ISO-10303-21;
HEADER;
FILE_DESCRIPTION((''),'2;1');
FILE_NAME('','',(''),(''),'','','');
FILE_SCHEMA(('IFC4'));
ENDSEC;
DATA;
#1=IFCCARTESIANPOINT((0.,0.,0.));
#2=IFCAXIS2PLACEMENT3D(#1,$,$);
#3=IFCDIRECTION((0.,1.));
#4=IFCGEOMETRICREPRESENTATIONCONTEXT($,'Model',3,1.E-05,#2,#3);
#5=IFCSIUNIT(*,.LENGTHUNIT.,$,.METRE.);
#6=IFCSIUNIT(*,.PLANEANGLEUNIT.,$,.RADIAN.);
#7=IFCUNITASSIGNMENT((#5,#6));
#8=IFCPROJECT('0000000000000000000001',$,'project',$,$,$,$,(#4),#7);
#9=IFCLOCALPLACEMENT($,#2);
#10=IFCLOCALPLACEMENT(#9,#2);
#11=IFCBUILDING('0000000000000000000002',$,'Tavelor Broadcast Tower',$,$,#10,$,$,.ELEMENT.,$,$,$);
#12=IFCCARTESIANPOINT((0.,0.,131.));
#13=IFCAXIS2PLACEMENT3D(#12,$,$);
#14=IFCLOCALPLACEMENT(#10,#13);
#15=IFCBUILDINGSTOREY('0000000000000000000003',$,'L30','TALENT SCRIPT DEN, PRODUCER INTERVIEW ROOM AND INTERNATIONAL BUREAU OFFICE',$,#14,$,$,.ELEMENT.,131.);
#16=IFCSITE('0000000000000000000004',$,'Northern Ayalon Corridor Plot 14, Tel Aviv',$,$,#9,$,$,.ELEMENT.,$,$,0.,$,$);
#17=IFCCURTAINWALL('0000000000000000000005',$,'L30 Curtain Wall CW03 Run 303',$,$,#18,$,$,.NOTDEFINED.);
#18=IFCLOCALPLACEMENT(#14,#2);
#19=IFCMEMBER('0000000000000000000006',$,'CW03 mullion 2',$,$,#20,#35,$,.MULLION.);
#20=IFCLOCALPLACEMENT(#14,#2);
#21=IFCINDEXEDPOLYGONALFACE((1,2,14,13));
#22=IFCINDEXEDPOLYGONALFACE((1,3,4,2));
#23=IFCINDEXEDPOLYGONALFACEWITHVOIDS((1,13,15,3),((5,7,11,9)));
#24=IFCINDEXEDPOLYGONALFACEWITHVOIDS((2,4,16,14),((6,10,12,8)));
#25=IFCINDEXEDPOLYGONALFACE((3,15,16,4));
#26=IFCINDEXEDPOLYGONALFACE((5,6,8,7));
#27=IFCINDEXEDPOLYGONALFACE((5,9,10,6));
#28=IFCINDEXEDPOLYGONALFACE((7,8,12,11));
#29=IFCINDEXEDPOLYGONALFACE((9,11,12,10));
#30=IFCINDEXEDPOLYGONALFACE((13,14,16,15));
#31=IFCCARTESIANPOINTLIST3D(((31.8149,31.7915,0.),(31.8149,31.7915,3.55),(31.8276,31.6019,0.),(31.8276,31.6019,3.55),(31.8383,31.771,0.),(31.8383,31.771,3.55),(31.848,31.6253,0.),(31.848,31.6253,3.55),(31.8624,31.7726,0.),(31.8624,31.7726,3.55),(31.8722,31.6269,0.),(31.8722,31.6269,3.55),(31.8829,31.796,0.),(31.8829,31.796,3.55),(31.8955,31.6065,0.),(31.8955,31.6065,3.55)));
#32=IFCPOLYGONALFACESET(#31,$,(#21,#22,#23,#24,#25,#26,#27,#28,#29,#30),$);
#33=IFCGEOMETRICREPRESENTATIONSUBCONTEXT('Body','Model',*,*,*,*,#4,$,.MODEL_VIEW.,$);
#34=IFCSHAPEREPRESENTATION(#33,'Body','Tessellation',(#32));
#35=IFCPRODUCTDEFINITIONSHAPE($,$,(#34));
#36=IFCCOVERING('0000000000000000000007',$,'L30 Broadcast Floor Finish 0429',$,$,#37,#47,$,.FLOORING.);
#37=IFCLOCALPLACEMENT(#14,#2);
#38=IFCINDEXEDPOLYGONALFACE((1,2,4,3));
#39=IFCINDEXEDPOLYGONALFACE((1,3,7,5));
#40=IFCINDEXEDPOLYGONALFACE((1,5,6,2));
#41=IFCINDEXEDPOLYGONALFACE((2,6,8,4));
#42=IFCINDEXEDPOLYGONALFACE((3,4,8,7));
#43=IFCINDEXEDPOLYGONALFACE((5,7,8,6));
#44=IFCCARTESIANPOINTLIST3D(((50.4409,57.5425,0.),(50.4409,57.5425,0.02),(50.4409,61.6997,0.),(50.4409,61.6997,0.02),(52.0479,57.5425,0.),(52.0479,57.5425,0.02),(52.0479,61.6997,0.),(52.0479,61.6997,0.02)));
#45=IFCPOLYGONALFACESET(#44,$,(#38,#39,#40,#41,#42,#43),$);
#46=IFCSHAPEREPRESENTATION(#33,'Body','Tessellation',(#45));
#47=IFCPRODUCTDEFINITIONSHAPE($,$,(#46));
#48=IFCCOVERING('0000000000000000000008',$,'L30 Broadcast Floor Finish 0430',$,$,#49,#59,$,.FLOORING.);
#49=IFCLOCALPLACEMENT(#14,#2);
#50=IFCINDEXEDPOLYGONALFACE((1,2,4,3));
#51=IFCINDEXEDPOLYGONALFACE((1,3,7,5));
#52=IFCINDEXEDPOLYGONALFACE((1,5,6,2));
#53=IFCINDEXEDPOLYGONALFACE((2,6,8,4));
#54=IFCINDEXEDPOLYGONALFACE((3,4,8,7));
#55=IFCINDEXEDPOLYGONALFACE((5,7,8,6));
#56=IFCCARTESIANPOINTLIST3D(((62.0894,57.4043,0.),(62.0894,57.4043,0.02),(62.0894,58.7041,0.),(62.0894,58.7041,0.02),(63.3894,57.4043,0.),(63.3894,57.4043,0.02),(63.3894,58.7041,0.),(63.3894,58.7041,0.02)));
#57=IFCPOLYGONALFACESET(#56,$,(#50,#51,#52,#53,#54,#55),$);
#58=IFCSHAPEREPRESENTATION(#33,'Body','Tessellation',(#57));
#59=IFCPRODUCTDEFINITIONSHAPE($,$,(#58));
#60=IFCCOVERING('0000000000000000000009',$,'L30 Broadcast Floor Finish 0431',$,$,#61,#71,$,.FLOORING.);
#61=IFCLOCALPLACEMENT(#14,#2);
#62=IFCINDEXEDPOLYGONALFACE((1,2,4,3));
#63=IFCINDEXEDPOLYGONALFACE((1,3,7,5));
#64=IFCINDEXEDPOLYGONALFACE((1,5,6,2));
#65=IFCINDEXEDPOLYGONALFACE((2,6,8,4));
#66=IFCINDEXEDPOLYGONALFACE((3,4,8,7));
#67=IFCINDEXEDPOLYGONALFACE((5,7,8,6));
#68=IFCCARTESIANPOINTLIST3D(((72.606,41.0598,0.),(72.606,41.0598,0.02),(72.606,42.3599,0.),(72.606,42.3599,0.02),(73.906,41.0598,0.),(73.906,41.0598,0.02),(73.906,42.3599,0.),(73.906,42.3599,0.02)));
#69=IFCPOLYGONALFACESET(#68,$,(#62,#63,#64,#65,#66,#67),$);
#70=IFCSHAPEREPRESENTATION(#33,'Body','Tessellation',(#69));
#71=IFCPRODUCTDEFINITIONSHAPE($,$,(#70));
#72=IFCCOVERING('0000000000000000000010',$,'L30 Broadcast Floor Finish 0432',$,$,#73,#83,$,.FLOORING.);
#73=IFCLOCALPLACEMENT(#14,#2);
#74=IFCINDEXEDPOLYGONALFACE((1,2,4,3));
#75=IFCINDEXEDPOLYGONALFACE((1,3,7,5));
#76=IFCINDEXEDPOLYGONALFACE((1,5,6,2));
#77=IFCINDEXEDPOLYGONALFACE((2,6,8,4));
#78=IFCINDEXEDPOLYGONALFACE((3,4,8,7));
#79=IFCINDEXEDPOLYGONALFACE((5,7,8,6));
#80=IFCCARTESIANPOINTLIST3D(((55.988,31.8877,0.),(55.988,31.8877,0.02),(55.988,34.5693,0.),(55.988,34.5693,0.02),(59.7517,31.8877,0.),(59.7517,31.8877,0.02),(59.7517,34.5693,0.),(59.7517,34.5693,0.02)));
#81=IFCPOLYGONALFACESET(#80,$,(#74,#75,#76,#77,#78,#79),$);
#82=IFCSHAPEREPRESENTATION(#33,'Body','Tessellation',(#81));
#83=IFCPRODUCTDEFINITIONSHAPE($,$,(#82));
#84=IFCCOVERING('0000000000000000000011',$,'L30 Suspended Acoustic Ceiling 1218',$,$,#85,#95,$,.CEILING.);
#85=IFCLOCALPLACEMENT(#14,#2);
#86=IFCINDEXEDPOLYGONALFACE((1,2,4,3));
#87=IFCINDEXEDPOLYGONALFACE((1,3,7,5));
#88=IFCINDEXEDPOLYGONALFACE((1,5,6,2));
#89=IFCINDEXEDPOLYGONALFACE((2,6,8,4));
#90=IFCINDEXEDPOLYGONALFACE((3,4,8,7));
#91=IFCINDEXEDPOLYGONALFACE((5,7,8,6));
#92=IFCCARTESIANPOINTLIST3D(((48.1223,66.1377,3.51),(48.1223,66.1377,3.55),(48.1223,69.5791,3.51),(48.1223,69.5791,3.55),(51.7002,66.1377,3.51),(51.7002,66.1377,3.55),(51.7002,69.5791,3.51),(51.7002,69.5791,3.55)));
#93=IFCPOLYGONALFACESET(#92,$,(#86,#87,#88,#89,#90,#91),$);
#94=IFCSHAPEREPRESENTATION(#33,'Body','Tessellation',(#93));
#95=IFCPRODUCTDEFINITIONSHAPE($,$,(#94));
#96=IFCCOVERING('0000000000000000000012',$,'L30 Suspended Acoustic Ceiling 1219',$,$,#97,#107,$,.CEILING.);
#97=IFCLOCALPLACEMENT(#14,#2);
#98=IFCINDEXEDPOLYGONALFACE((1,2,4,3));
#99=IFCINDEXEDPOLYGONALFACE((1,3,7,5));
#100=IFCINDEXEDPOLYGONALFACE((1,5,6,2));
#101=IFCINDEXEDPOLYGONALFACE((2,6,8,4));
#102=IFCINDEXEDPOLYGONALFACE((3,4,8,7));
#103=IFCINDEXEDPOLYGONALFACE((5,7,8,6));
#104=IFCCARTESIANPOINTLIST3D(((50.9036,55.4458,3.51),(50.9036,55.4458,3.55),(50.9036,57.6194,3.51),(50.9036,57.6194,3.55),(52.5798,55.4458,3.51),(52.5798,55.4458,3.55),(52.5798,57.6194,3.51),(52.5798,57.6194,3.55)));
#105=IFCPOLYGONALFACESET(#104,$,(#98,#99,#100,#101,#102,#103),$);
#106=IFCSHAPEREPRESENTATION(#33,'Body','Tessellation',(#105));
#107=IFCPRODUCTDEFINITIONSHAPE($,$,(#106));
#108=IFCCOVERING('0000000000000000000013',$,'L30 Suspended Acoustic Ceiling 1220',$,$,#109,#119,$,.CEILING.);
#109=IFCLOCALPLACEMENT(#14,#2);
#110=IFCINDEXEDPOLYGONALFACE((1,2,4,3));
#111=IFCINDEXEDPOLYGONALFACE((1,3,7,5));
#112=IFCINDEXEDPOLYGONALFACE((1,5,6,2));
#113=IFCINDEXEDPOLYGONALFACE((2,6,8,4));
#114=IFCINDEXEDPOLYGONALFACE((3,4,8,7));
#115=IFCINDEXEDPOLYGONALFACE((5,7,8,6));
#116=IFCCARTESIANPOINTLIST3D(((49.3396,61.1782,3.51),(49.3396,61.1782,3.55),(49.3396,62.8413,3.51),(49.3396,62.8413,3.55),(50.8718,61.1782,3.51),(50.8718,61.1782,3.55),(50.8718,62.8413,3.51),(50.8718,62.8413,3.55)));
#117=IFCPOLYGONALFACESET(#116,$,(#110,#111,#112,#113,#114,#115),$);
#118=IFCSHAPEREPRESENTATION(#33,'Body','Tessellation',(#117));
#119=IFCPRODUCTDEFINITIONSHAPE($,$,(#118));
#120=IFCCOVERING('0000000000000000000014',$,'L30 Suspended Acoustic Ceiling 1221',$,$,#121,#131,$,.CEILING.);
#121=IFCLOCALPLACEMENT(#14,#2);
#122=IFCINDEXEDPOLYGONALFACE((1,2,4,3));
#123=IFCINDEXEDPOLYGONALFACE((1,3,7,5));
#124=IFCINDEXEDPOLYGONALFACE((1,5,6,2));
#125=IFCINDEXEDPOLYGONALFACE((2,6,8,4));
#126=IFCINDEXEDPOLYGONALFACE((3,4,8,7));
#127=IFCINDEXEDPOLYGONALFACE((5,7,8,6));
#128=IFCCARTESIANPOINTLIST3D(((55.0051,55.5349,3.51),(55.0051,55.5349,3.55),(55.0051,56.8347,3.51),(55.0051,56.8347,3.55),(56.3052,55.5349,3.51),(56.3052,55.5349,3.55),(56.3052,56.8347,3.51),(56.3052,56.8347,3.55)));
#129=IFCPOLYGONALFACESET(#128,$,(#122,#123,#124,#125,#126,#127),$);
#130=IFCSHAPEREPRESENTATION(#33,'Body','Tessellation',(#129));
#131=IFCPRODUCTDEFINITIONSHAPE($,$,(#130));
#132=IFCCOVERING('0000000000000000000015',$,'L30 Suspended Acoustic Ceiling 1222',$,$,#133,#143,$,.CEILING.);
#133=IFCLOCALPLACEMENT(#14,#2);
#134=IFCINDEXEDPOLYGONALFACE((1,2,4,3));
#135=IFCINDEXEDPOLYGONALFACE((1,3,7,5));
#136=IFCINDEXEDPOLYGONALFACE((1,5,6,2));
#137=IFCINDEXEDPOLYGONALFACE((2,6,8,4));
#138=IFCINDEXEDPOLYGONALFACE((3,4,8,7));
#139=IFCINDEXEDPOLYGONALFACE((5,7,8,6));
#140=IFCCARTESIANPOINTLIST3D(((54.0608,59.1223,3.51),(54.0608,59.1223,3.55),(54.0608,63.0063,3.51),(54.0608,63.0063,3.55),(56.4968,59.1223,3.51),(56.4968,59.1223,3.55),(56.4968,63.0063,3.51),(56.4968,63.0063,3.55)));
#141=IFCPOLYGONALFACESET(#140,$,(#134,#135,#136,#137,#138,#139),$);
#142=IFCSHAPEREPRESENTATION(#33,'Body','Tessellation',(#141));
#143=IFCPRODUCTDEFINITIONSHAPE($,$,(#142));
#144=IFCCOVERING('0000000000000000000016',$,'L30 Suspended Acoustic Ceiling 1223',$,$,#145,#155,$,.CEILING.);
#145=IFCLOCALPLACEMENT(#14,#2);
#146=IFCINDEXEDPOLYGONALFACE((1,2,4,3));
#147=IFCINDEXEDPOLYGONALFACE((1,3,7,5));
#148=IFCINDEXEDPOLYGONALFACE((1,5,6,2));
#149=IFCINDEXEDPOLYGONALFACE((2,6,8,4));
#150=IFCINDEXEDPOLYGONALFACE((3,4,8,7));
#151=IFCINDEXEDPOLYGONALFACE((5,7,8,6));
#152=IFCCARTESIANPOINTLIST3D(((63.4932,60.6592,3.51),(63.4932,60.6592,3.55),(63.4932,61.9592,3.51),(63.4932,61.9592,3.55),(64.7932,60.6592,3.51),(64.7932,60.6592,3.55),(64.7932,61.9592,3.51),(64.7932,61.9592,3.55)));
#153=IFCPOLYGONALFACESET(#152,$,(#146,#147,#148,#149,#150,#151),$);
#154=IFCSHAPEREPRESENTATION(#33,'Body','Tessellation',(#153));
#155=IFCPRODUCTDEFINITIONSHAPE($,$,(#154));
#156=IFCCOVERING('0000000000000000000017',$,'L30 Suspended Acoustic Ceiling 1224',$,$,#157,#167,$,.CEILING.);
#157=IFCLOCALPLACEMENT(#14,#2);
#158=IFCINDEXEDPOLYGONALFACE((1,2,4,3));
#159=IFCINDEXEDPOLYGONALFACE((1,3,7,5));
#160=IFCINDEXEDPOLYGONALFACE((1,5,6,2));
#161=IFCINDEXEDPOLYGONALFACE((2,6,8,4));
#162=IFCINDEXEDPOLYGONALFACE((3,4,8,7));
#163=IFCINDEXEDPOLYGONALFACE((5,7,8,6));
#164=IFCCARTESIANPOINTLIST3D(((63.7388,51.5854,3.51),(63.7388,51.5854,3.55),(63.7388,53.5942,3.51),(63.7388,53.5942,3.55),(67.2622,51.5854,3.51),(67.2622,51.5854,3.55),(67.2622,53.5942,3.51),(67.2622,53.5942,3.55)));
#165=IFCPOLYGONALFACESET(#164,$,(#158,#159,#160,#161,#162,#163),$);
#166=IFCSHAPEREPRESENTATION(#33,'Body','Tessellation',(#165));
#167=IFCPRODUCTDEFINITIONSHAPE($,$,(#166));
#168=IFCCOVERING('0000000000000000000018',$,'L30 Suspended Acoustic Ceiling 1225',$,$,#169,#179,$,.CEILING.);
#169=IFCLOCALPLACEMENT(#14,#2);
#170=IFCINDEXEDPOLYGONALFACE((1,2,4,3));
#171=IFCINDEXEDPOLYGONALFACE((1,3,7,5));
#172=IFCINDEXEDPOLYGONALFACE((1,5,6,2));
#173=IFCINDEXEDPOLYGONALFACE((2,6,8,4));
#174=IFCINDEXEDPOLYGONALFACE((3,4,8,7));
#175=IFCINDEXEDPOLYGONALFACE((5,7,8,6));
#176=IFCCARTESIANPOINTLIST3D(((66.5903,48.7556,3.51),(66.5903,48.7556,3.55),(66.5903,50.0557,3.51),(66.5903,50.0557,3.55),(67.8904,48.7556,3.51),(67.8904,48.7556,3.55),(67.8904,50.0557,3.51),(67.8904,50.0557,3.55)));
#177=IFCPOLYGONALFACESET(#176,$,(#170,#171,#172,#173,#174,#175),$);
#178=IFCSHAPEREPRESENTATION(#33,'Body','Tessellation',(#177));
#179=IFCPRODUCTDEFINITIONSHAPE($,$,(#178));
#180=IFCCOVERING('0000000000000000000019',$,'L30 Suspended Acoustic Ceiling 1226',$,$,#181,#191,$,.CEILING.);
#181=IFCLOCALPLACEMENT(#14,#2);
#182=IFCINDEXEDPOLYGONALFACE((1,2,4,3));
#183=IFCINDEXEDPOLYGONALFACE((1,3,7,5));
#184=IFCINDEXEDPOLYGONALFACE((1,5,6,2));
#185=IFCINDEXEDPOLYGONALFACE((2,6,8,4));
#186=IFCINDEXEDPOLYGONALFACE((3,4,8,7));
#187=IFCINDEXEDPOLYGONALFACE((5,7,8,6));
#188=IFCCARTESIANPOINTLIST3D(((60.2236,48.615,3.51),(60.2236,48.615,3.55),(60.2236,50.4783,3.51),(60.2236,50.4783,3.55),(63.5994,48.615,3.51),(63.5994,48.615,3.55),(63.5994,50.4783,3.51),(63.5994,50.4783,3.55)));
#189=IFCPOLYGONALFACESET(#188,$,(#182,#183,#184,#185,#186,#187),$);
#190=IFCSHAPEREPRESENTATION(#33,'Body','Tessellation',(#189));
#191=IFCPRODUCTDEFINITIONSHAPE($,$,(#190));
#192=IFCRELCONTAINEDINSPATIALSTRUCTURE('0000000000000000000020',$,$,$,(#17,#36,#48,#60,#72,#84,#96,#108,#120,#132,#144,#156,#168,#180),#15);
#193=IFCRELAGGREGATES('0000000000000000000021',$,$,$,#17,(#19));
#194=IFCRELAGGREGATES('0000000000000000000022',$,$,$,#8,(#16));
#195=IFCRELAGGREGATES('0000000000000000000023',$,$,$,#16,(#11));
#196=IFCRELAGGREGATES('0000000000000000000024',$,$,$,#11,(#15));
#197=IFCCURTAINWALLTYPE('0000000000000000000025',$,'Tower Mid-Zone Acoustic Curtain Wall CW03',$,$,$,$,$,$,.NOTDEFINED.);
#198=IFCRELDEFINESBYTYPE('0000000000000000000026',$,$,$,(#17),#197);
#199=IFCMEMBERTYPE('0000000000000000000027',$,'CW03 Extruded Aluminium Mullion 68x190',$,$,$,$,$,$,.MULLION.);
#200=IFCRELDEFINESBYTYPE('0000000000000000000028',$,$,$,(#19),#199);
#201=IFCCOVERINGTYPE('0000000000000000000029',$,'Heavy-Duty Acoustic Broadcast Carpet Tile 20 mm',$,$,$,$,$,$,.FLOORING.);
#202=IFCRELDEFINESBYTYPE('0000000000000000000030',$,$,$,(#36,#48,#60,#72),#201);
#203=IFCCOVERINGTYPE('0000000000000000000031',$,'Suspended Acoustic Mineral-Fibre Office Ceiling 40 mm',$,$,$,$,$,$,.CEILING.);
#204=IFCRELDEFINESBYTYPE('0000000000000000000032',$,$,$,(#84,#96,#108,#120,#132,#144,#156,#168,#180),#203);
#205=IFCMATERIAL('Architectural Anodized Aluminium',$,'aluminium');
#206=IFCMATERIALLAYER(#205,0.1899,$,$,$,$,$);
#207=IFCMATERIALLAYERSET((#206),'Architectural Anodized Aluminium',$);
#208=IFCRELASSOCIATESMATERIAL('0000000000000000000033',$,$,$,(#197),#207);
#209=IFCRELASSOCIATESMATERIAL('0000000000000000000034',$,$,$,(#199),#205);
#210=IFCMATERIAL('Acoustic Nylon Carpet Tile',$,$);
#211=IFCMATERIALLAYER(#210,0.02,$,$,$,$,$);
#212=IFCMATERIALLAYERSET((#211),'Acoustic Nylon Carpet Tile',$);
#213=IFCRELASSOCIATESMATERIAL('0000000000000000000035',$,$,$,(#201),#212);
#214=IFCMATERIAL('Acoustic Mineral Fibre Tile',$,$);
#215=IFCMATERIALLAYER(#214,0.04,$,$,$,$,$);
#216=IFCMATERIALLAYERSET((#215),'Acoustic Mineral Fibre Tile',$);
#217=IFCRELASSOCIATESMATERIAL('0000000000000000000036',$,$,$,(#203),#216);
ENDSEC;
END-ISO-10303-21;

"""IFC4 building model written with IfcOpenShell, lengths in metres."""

from ifc_helpers import new_model, si_unit, direction, frame, origin, origin_2d, place, context, subcontext, project, spatial, polyline, hollow_rectangle, outline, extrude, source, transform, mapped, material, layer, layer_set, material_profile, profile_set, type_object, type_shapes, element, aggregate, save


model = new_model("IFC4")

# Units and contexts
model_context = context("Model", 3, precision=1e-05, world=origin(), true_north=direction((0.0, 1.0)))
body_context = subcontext(model_context, "Body", "Model", "MODEL_VIEW")
ifc_project = project(units=[si_unit("LENGTHUNIT", "METRE"), si_unit("PLANEANGLEUNIT", "RADIAN")], contexts=[model_context])

# Site, building, storey
site_placement = place(None, origin())
site = spatial("IfcSite", under=ifc_project, at=site_placement, Name="Northern Ayalon Corridor Plot 14, Tel Aviv", CompositionType="ELEMENT", RefElevation=0.0)
building_placement = place(site_placement, origin())
building = spatial("IfcBuilding", under=site, at=building_placement, Name="Tavelor Broadcast Tower", CompositionType="ELEMENT")
storey_placement = place(building_placement, frame((0.0, 0.0, 131.0)))
storey = spatial("IfcBuildingStorey", under=building, at=storey_placement, Name="L30", Description="TALENT SCRIPT DEN, PRODUCER INTERVIEW ROOM AND INTERNATIONAL BUREAU OFFICE", CompositionType="ELEMENT", Elevation=131.0)

# Curtain wall, member
ifc_material_1 = material(Name="Architectural Anodized Aluminium", Category="aluminium")
ifc_layer_1 = layer(ifc_material_1, 0.1899)
ifc_layer_set_1 = layer_set([ifc_layer_1], Name="Architectural Anodized Aluminium")
curtain_wall_type = type_object("IfcCurtainWallType", Name="Tower Mid-Zone Acoustic Curtain Wall CW03", PredefinedType="NOTDEFINED", material=ifc_layer_set_1)
curtain_wall_placement = place(storey_placement, origin())
curtain_wall = element("IfcCurtainWall", 1, at=curtain_wall_placement, inside=storey, type_object=curtain_wall_type, Name="L30 Curtain Wall CW03 Run 303", PredefinedType="NOTDEFINED")
ifc_material_profile = material_profile(ifc_material_1, hollow_rectangle(XDim=0.0681, YDim=0.1899, WallThickness=0.022, at=origin_2d()), Name="RHS 68x190x22")
ifc_profile_set = profile_set([ifc_material_profile], Name="Architectural Anodized Aluminium")
member_type = type_object("IfcMemberType", Name="CW03 Extruded Aluminium Mullion 68x190", PredefinedType="MULLION", material=ifc_profile_set)
shared_shape = source(origin(), body_context, "Body", "SweptSolid", [
    extrude(hollow_rectangle(XDim=0.0681, YDim=0.1899, WallThickness=0.022, at=origin_2d()), origin(), (0.0, 0.0, 1.0), 3.55),
])
type_shapes(member_type, [shared_shape])
member_placement = place(storey_placement, frame((31.8552, 31.699, 0.0), z_axis=(0.0, 0.0, 1.0), x_axis=(0.997772, 0.066716, 0.0)))
member = element("IfcMember", 2, at=member_placement, type_object=member_type, Name="CW03 mullion 2", PredefinedType="MULLION", context=body_context, shape_type="MappedRepresentation", body=[
    mapped(shared_shape, transform((0.0, 0.0, 0.0), scale=1.0)),
])
aggregate(curtain_wall, [member])

# Coverings
ifc_material_2 = material(Name="Acoustic Nylon Carpet Tile")
ifc_layer_2 = layer(ifc_material_2, 0.02)
ifc_layer_set_2 = layer_set([ifc_layer_2], Name="Acoustic Nylon Carpet Tile")
covering_type_1 = type_object("IfcCoveringType", Name="Heavy-Duty Acoustic Broadcast Carpet Tile 20 mm", PredefinedType="FLOORING", material=ifc_layer_set_2)
covering_1_placement = place(storey_placement, origin())
element("IfcCovering", 3, at=covering_1_placement, inside=storey, type_object=covering_type_1, Name="L30 Broadcast Floor Finish 0429", PredefinedType="FLOORING", context=body_context, shape_type="SweptSolid", body=[
    extrude(outline(polyline([(50.4409, 57.5425), (52.0479, 57.5425), (52.0479, 61.6997), (50.4409, 61.6997), (50.4409, 57.5425)])), origin(), (0.0, 0.0, 1.0), 0.02),
])
covering_2_placement = place(storey_placement, origin())
element("IfcCovering", 4, at=covering_2_placement, inside=storey, type_object=covering_type_1, Name="L30 Broadcast Floor Finish 0430", PredefinedType="FLOORING", context=body_context, shape_type="SweptSolid", body=[
    extrude(outline(polyline([(62.0894, 57.4043), (63.3894, 57.4043), (63.3894, 58.7041), (62.0894, 58.7041), (62.0894, 57.4043)])), origin(), (0.0, 0.0, 1.0), 0.02),
])
covering_3_placement = place(storey_placement, origin())
element("IfcCovering", 5, at=covering_3_placement, inside=storey, type_object=covering_type_1, Name="L30 Broadcast Floor Finish 0431", PredefinedType="FLOORING", context=body_context, shape_type="SweptSolid", body=[
    extrude(outline(polyline([(72.606, 41.0598), (73.906, 41.0598), (73.906, 42.3599), (72.606, 42.3599), (72.606, 41.0598)])), origin(), (0.0, 0.0, 1.0), 0.02),
])
covering_4_placement = place(storey_placement, origin())
element("IfcCovering", 6, at=covering_4_placement, inside=storey, type_object=covering_type_1, Name="L30 Broadcast Floor Finish 0432", PredefinedType="FLOORING", context=body_context, shape_type="SweptSolid", body=[
    extrude(outline(polyline([(55.988, 31.8877), (59.7517, 31.8877), (59.7517, 34.5693), (55.988, 34.5693), (55.988, 31.8877)])), origin(), (0.0, 0.0, 1.0), 0.02),
])
ifc_material_3 = material(Name="Acoustic Mineral Fibre Tile")
ifc_layer_3 = layer(ifc_material_3, 0.04)
ifc_layer_set_3 = layer_set([ifc_layer_3], Name="Acoustic Mineral Fibre Tile")
covering_type_2 = type_object("IfcCoveringType", Name="Suspended Acoustic Mineral-Fibre Office Ceiling 40 mm", PredefinedType="CEILING", material=ifc_layer_set_3)
covering_5_placement = place(storey_placement, frame((0.0, 0.0, 3.51)))
element("IfcCovering", 7, at=covering_5_placement, inside=storey, type_object=covering_type_2, Name="L30 Suspended Acoustic Ceiling 1218", PredefinedType="CEILING", context=body_context, shape_type="SweptSolid", body=[
    extrude(outline(polyline([(48.1223, 66.1377), (51.7002, 66.1377), (51.7002, 69.5791), (48.1223, 69.5791), (48.1223, 66.1377)])), origin(), (0.0, 0.0, 1.0), 0.04),
])
covering_6_placement = place(storey_placement, frame((0.0, 0.0, 3.51)))
element("IfcCovering", 8, at=covering_6_placement, inside=storey, type_object=covering_type_2, Name="L30 Suspended Acoustic Ceiling 1219", PredefinedType="CEILING", context=body_context, shape_type="SweptSolid", body=[
    extrude(outline(polyline([(50.9036, 55.4458), (52.5798, 55.4458), (52.5798, 57.6194), (50.9036, 57.6194), (50.9036, 55.4458)])), origin(), (0.0, 0.0, 1.0), 0.04),
])
covering_7_placement = place(storey_placement, frame((0.0, 0.0, 3.51)))
element("IfcCovering", 9, at=covering_7_placement, inside=storey, type_object=covering_type_2, Name="L30 Suspended Acoustic Ceiling 1220", PredefinedType="CEILING", context=body_context, shape_type="SweptSolid", body=[
    extrude(outline(polyline([(49.3396, 61.1782), (50.8718, 61.1782), (50.8718, 62.8413), (49.3396, 62.8413), (49.3396, 61.1782)])), origin(), (0.0, 0.0, 1.0), 0.04),
])
covering_8_placement = place(storey_placement, frame((0.0, 0.0, 3.51)))
element("IfcCovering", 10, at=covering_8_placement, inside=storey, type_object=covering_type_2, Name="L30 Suspended Acoustic Ceiling 1221", PredefinedType="CEILING", context=body_context, shape_type="SweptSolid", body=[
    extrude(outline(polyline([(55.0051, 55.5349), (56.3052, 55.5349), (56.3052, 56.8347), (55.0051, 56.8347), (55.0051, 55.5349)])), origin(), (0.0, 0.0, 1.0), 0.04),
])
covering_9_placement = place(storey_placement, frame((0.0, 0.0, 3.51)))
element("IfcCovering", 11, at=covering_9_placement, inside=storey, type_object=covering_type_2, Name="L30 Suspended Acoustic Ceiling 1222", PredefinedType="CEILING", context=body_context, shape_type="SweptSolid", body=[
    extrude(outline(polyline([(54.0608, 59.1223), (56.4968, 59.1223), (56.4968, 63.0063), (54.0608, 63.0063), (54.0608, 59.1223)])), origin(), (0.0, 0.0, 1.0), 0.04),
])
covering_10_placement = place(storey_placement, frame((0.0, 0.0, 3.51)))
element("IfcCovering", 12, at=covering_10_placement, inside=storey, type_object=covering_type_2, Name="L30 Suspended Acoustic Ceiling 1223", PredefinedType="CEILING", context=body_context, shape_type="SweptSolid", body=[
    extrude(outline(polyline([(63.4932, 60.6592), (64.7932, 60.6592), (64.7932, 61.9592), (63.4932, 61.9592), (63.4932, 60.6592)])), origin(), (0.0, 0.0, 1.0), 0.04),
])
covering_11_placement = place(storey_placement, frame((0.0, 0.0, 3.51)))
element("IfcCovering", 13, at=covering_11_placement, inside=storey, type_object=covering_type_2, Name="L30 Suspended Acoustic Ceiling 1224", PredefinedType="CEILING", context=body_context, shape_type="SweptSolid", body=[
    extrude(outline(polyline([(63.7388, 51.5854), (67.2622, 51.5854), (67.2622, 53.5942), (63.7388, 53.5942), (63.7388, 51.5854)])), origin(), (0.0, 0.0, 1.0), 0.04),
])
covering_12_placement = place(storey_placement, frame((0.0, 0.0, 3.51)))
element("IfcCovering", 14, at=covering_12_placement, inside=storey, type_object=covering_type_2, Name="L30 Suspended Acoustic Ceiling 1225", PredefinedType="CEILING", context=body_context, shape_type="SweptSolid", body=[
    extrude(outline(polyline([(66.5903, 48.7556), (67.8904, 48.7556), (67.8904, 50.0557), (66.5903, 50.0557), (66.5903, 48.7556)])), origin(), (0.0, 0.0, 1.0), 0.04),
])
covering_13_placement = place(storey_placement, frame((0.0, 0.0, 3.51)))
element("IfcCovering", 15, at=covering_13_placement, inside=storey, type_object=covering_type_2, Name="L30 Suspended Acoustic Ceiling 1226", PredefinedType="CEILING", context=body_context, shape_type="SweptSolid", body=[
    extrude(outline(polyline([(60.2236, 48.615), (63.5994, 48.615), (63.5994, 50.4783), (60.2236, 50.4783), (60.2236, 48.615)])), origin(), (0.0, 0.0, 1.0), 0.04),
])

save(model, "model.ifc")
